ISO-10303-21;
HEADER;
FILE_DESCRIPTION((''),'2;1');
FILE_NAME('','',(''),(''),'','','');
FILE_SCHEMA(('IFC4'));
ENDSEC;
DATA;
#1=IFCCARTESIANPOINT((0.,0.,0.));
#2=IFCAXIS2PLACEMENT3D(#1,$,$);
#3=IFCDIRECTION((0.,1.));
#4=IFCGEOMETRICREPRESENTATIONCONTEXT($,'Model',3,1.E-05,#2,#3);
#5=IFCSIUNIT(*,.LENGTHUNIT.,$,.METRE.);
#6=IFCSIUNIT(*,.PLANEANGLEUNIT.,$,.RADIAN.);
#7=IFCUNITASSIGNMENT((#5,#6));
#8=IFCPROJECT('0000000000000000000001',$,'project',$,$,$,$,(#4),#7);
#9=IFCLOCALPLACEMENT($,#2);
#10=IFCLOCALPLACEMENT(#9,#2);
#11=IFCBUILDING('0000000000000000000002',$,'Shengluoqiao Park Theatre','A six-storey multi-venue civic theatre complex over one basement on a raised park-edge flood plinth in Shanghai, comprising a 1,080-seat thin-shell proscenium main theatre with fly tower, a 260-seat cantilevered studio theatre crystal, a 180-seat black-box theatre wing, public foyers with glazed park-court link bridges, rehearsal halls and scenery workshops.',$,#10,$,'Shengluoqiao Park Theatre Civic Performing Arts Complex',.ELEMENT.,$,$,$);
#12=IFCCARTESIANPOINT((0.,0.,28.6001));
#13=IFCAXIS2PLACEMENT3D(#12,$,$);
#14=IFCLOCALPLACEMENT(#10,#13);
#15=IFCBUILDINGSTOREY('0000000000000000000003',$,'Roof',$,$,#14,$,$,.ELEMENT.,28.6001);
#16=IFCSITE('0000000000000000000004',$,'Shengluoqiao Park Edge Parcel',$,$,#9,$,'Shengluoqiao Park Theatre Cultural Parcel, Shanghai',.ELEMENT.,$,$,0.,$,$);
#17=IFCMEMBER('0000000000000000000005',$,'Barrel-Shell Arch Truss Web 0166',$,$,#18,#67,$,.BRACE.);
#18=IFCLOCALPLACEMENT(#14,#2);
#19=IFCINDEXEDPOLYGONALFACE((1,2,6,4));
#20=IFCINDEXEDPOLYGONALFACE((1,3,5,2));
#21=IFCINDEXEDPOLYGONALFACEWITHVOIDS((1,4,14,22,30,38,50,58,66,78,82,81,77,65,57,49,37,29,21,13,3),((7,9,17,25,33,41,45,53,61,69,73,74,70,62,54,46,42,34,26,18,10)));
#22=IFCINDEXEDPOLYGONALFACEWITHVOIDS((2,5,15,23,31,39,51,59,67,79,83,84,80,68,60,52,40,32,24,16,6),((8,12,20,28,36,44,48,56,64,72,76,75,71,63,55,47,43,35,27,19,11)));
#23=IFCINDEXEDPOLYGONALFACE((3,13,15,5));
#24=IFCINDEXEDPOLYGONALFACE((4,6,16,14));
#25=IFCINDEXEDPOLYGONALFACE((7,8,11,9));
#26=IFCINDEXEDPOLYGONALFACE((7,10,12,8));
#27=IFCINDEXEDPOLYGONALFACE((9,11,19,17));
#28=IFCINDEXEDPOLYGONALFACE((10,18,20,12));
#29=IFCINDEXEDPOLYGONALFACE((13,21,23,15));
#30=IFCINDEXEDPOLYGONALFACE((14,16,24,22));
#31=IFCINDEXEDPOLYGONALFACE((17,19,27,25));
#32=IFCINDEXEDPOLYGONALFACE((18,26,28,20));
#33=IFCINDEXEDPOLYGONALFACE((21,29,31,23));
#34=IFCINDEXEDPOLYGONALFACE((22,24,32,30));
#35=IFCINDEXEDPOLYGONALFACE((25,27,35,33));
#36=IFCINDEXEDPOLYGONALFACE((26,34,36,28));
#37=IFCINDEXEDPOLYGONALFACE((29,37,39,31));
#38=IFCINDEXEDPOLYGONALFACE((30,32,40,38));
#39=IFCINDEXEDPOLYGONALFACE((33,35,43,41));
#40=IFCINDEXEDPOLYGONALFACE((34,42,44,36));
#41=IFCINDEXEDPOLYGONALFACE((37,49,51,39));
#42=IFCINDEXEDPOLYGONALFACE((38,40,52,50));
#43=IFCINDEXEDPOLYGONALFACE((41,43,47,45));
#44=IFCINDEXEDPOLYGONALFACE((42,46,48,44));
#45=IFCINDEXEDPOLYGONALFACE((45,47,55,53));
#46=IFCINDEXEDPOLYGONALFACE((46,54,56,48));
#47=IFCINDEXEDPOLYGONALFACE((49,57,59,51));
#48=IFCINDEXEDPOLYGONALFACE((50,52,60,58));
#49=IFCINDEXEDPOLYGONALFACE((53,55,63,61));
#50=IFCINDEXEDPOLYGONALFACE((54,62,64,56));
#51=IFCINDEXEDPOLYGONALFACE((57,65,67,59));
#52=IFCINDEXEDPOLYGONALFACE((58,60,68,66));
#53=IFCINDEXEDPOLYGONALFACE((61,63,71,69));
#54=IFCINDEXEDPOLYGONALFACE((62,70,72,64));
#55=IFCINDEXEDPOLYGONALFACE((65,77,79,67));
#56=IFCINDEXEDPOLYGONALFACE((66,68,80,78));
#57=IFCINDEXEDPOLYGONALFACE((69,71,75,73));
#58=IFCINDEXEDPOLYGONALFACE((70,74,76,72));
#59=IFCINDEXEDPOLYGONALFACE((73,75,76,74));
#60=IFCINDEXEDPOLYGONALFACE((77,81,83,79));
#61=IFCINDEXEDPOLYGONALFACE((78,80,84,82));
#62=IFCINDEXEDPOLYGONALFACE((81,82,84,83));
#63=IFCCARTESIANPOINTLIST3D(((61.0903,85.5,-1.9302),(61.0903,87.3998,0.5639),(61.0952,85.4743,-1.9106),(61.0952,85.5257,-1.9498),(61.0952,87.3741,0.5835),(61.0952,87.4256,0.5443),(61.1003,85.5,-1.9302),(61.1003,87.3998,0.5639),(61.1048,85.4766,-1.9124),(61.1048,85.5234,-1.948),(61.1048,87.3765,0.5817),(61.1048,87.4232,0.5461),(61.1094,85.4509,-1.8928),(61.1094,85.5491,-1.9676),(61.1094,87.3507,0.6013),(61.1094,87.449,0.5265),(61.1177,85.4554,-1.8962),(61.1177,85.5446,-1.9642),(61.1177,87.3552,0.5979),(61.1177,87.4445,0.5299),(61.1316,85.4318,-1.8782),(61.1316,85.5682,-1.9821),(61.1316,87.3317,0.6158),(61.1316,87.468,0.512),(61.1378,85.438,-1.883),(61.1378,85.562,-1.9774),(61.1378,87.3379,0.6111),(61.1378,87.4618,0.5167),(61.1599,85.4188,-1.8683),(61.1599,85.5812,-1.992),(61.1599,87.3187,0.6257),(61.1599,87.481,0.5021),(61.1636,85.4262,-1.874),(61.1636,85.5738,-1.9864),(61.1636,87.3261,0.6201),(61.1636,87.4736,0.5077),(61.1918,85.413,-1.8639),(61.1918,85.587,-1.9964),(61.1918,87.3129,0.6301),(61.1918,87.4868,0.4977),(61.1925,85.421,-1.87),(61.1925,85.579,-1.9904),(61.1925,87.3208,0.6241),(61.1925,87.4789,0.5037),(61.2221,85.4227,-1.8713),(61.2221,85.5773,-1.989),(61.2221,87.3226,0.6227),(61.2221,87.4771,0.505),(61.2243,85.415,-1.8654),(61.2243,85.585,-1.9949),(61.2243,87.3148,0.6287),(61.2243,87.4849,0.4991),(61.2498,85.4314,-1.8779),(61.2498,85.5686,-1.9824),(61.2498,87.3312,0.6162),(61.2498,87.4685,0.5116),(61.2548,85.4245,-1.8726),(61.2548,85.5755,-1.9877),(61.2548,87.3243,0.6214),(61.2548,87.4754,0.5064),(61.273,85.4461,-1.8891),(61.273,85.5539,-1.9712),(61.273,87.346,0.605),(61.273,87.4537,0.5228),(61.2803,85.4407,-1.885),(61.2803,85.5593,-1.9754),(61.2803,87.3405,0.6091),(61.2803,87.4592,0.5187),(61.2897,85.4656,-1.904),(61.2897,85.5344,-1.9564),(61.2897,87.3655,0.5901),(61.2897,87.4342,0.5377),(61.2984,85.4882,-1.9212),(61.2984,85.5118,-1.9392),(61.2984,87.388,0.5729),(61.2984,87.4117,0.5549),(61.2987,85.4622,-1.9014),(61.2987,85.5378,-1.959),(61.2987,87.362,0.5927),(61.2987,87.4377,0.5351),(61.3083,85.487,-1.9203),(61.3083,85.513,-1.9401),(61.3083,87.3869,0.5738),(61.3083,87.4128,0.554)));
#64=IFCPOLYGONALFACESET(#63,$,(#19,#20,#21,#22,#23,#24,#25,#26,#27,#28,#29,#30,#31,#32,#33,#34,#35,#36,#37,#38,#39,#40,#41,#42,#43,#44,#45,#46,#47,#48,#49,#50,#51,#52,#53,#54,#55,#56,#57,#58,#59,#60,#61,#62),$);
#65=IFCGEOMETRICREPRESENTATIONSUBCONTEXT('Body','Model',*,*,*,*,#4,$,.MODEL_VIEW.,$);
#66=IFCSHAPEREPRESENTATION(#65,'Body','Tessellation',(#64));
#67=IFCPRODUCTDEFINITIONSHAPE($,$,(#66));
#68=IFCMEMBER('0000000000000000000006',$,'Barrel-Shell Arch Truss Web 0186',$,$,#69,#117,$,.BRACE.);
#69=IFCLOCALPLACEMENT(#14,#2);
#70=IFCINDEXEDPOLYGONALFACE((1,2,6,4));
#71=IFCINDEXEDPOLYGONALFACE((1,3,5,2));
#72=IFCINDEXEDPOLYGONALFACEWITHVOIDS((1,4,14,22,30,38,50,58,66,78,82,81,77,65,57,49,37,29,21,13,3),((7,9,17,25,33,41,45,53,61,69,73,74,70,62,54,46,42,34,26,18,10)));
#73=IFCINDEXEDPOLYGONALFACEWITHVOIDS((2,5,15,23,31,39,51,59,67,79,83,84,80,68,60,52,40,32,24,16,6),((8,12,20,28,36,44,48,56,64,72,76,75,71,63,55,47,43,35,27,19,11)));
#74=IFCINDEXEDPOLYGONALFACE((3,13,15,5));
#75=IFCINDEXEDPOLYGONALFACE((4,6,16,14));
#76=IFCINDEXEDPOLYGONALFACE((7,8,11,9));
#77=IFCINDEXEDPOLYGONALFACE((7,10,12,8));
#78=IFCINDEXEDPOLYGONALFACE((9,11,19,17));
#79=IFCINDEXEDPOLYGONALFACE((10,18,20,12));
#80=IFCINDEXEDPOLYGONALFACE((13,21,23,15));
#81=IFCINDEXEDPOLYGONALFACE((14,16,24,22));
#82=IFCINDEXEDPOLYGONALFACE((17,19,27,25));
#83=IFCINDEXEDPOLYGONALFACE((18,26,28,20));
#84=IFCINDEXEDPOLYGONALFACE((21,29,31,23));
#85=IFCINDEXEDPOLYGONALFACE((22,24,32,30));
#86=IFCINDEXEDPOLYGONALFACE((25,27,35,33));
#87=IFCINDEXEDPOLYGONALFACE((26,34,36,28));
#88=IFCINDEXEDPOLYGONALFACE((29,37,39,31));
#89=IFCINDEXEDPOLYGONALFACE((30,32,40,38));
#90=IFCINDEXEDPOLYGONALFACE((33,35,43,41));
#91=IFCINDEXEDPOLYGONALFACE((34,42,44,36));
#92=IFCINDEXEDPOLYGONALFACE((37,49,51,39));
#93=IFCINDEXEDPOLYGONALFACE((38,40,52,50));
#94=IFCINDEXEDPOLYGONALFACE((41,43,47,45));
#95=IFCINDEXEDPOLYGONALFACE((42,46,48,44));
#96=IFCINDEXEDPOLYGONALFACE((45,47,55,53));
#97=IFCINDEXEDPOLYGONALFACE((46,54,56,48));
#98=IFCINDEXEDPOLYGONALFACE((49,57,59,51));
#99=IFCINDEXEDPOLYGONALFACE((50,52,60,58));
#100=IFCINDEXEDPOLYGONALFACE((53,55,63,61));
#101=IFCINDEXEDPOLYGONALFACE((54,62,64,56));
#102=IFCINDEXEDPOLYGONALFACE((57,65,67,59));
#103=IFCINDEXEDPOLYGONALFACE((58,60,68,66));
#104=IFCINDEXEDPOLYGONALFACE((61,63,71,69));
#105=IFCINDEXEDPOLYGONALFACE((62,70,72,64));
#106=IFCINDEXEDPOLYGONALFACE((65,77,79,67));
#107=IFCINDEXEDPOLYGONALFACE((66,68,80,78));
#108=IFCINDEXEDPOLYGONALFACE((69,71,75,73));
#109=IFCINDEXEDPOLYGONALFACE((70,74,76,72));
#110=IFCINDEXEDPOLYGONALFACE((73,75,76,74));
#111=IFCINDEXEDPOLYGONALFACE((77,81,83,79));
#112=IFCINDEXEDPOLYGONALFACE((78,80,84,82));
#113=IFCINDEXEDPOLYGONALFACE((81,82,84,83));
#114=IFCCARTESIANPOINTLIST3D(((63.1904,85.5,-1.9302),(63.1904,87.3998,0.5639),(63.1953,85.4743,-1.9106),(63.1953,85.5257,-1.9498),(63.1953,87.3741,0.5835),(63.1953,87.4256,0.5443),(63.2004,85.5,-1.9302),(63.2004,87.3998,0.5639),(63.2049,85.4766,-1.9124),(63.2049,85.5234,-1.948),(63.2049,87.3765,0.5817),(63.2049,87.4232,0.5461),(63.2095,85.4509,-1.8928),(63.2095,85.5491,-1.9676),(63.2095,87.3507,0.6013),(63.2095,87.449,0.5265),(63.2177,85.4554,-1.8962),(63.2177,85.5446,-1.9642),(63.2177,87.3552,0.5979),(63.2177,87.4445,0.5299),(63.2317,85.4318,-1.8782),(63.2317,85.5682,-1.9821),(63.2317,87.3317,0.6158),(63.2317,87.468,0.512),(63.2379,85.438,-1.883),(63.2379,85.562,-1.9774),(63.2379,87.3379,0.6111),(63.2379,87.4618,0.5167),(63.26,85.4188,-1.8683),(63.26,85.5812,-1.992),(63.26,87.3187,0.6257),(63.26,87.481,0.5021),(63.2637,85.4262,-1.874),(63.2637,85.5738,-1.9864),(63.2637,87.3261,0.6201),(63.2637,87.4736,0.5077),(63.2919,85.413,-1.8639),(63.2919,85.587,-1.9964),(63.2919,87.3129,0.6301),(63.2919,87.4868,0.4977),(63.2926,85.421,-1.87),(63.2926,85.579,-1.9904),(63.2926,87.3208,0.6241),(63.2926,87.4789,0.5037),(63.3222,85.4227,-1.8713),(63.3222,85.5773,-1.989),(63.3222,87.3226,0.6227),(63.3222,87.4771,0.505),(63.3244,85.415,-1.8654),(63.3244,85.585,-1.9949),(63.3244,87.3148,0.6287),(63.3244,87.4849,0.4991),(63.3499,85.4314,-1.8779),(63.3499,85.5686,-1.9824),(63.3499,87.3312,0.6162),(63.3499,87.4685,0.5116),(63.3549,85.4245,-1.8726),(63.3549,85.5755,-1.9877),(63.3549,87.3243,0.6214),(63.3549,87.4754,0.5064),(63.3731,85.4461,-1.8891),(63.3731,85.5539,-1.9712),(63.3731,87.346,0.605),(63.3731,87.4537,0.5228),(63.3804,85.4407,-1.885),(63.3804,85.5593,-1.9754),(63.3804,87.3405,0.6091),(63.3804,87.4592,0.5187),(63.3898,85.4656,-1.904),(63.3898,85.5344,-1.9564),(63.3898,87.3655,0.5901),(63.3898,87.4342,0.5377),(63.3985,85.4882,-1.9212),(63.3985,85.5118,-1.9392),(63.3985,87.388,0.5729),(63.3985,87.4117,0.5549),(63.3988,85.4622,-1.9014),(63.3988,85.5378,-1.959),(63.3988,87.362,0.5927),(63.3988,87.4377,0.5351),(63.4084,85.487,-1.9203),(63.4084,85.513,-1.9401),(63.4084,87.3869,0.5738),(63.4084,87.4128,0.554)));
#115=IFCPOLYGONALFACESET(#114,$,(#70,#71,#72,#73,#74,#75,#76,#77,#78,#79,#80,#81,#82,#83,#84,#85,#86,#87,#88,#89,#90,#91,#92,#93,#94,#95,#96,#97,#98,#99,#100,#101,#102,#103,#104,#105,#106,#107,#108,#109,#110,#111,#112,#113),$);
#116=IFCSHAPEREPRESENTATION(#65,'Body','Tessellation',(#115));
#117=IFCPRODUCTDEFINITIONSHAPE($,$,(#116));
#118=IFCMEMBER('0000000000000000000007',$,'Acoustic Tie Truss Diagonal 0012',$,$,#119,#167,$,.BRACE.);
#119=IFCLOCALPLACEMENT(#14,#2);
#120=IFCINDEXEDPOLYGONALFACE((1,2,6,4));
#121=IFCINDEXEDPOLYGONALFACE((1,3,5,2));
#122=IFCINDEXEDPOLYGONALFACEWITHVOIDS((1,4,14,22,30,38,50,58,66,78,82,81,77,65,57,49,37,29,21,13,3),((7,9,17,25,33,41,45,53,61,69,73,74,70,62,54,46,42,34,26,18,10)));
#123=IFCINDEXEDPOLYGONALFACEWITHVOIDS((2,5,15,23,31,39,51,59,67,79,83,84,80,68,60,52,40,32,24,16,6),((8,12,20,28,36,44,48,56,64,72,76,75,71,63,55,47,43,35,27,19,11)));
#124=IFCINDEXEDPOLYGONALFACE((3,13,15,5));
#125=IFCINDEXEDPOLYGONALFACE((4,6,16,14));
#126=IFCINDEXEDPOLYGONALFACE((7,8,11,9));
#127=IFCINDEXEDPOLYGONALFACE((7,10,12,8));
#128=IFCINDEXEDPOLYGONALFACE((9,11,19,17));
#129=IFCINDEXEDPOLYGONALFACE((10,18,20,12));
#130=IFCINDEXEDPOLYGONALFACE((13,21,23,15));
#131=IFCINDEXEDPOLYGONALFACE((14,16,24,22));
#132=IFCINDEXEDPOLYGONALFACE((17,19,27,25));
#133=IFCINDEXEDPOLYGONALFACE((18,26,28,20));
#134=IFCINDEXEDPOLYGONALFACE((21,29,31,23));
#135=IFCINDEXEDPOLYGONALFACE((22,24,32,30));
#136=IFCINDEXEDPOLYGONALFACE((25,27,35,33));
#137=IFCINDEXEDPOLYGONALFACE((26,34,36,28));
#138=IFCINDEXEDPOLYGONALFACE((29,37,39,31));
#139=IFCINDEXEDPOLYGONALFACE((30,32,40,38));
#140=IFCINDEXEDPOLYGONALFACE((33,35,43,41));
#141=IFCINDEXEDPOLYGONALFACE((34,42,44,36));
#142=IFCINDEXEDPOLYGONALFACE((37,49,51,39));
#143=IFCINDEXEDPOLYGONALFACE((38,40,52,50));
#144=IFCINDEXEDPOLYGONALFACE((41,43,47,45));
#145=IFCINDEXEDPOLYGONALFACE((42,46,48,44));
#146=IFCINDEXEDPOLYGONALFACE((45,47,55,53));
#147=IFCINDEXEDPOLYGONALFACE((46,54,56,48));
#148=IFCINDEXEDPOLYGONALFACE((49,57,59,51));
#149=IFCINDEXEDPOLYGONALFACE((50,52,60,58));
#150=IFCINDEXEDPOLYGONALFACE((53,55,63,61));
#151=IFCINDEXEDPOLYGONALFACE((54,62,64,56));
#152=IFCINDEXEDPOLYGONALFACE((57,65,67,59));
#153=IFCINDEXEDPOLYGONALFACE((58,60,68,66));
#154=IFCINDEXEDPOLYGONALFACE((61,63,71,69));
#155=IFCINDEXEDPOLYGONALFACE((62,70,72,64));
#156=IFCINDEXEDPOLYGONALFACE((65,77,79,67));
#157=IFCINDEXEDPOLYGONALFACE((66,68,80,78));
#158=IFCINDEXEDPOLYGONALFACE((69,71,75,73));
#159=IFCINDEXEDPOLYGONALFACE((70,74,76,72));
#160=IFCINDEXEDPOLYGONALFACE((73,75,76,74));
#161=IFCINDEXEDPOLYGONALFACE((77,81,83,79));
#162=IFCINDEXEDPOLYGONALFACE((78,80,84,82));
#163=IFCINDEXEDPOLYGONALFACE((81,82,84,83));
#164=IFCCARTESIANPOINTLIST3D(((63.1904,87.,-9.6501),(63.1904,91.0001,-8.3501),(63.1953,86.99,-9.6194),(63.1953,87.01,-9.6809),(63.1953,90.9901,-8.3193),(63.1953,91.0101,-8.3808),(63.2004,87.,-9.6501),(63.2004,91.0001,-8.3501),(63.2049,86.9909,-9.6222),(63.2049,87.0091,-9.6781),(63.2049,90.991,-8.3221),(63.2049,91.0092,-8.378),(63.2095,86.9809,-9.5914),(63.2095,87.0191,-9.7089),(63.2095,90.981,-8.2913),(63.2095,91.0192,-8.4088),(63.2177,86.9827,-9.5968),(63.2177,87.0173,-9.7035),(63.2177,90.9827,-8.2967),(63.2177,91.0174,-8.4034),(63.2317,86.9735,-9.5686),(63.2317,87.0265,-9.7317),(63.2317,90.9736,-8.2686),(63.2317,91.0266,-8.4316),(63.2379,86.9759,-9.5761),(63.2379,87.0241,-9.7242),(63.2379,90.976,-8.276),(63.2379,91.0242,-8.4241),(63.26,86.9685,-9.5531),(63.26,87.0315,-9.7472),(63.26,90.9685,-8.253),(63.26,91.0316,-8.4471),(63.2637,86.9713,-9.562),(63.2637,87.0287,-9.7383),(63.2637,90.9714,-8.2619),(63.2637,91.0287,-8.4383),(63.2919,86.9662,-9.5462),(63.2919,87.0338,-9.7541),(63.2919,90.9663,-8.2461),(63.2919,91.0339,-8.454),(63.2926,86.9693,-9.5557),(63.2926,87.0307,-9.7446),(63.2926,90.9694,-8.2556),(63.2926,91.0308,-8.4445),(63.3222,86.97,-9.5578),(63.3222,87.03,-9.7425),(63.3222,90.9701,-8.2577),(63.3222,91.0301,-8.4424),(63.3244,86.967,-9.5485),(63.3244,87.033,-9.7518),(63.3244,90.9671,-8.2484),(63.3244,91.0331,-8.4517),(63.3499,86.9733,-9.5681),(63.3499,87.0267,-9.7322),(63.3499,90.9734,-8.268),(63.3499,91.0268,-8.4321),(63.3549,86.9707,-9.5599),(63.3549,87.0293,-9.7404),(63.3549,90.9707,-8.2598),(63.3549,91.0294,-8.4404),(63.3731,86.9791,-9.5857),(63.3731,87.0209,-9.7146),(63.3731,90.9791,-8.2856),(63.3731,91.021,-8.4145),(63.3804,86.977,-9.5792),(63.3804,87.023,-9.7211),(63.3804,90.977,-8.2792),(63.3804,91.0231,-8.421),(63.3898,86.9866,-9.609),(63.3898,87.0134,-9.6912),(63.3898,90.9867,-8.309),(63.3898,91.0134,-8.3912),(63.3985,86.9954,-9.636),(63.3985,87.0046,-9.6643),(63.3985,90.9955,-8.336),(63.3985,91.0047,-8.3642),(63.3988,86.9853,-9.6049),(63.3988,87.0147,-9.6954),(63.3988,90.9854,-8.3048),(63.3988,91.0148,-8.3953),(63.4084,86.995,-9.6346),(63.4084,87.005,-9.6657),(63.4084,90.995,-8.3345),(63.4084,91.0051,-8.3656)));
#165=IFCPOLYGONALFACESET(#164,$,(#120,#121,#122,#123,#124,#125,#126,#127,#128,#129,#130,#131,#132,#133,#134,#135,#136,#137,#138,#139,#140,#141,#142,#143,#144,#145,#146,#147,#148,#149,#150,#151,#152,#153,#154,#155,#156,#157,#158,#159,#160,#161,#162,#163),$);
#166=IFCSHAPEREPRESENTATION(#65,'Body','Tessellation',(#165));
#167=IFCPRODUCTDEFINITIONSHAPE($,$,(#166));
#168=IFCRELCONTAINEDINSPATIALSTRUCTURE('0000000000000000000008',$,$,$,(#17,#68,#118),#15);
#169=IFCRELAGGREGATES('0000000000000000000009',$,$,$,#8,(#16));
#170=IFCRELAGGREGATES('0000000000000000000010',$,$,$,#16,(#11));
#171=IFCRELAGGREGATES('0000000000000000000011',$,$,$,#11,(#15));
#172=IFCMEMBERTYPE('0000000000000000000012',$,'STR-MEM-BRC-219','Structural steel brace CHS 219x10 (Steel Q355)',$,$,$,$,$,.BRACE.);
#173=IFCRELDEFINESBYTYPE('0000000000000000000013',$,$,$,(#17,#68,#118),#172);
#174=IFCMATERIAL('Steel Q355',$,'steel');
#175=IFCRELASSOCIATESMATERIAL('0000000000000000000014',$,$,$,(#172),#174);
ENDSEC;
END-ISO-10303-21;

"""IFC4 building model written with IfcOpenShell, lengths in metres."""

from ifc_helpers import new_model, si_unit, direction, frame, origin, origin_2d, place, context, subcontext, project, spatial, hollow_circle, extrude, material, material_profile, profile_set, type_object, element, save


model = new_model("IFC4")

# Units and contexts
model_context = context("Model", 3, precision=1e-05, world=origin(), true_north=direction((0.0, 1.0)))
body_context = subcontext(model_context, "Body", "Model", "MODEL_VIEW")
ifc_project = project(units=[si_unit("LENGTHUNIT", "METRE"), si_unit("PLANEANGLEUNIT", "RADIAN")], contexts=[model_context])

# Site, building, storey
site_placement = place(None, origin())
site = spatial("IfcSite", under=ifc_project, at=site_placement, Name="Shengluoqiao Park Edge Parcel", LongName="Shengluoqiao Park Theatre Cultural Parcel, Shanghai", CompositionType="ELEMENT", RefElevation=0.0)
building_placement = place(site_placement, origin())
building = spatial("IfcBuilding", under=site, at=building_placement, Name="Shengluoqiao Park Theatre", Description="A six-storey multi-venue civic theatre complex over one basement on a raised park-edge flood plinth in Shanghai, comprising a 1,080-seat thin-shell proscenium main theatre with fly tower, a 260-seat cantilevered studio theatre crystal, a 180-seat black-box theatre wing, public foyers with glazed park-court link bridges, rehearsal halls and scenery workshops.", LongName="Shengluoqiao Park Theatre Civic Performing Arts Complex", CompositionType="ELEMENT")
storey_placement = place(building_placement, frame((0.0, 0.0, 28.6001)))
storey = spatial("IfcBuildingStorey", under=building, at=storey_placement, Name="Roof", CompositionType="ELEMENT", Elevation=28.6001)

# Shared definitions
ifc_material_1 = material(Name="Steel Q355", Category="steel")

# Members
ifc_material_profile_1 = material_profile(ifc_material_1, hollow_circle(Radius=0.1096, WallThickness=0.01, at=origin_2d()), Name="CHS 219x10")
ifc_profile_set_1 = profile_set([ifc_material_profile_1], Name="Steel Q355")
member_type_1 = type_object("IfcMemberType", Name="STR-MEM-BRC-219", Description="Structural steel brace CHS 219x10 (Steel Q355)", PredefinedType="BRACE", material=ifc_profile_set_1)
for number, where, z_axis, x_axis, name in (
    (1, (61.2, 85.5, -1.9302), (0.0, 0.605963, 0.795492), (-1.0, 0.0, 0.0), "Barrel-Shell Arch Truss Web 0166"),
    (2, (63.3, 85.5, -1.9302), (0.0, 0.605963, 0.795492), (-1.0, 0.0, 0.0), "Barrel-Shell Arch Truss Web 0186"),
):
    element("IfcMember", number, at=place(storey_placement, frame(where, z_axis=z_axis, x_axis=x_axis)), inside=storey, type_object=member_type_1, Name=name, PredefinedType="BRACE", context=body_context, shape_type="SweptSolid", body=[
        extrude(hollow_circle(Radius=0.1096, WallThickness=0.01, at=origin_2d()), origin(), (0.0, 0.0, 1.0), 3.1353),
    ])
for number, where, z_axis, x_axis, name in (
    (3, (63.3, 87.0, -9.6501), (0.0, 0.951031, 0.309097), (-1.0, 0.0, 0.0), "Acoustic Tie Truss Diagonal 0012"),
):
    element("IfcMember", number, at=place(storey_placement, frame(where, z_axis=z_axis, x_axis=x_axis)), inside=storey, type_object=member_type_1, Name=name, PredefinedType="BRACE", context=body_context, shape_type="SweptSolid", body=[
        extrude(hollow_circle(Radius=0.1096, WallThickness=0.01, at=origin_2d()), origin(), (0.0, 0.0, 1.0), 4.2061),
    ])

save(model, "model.ifc")
